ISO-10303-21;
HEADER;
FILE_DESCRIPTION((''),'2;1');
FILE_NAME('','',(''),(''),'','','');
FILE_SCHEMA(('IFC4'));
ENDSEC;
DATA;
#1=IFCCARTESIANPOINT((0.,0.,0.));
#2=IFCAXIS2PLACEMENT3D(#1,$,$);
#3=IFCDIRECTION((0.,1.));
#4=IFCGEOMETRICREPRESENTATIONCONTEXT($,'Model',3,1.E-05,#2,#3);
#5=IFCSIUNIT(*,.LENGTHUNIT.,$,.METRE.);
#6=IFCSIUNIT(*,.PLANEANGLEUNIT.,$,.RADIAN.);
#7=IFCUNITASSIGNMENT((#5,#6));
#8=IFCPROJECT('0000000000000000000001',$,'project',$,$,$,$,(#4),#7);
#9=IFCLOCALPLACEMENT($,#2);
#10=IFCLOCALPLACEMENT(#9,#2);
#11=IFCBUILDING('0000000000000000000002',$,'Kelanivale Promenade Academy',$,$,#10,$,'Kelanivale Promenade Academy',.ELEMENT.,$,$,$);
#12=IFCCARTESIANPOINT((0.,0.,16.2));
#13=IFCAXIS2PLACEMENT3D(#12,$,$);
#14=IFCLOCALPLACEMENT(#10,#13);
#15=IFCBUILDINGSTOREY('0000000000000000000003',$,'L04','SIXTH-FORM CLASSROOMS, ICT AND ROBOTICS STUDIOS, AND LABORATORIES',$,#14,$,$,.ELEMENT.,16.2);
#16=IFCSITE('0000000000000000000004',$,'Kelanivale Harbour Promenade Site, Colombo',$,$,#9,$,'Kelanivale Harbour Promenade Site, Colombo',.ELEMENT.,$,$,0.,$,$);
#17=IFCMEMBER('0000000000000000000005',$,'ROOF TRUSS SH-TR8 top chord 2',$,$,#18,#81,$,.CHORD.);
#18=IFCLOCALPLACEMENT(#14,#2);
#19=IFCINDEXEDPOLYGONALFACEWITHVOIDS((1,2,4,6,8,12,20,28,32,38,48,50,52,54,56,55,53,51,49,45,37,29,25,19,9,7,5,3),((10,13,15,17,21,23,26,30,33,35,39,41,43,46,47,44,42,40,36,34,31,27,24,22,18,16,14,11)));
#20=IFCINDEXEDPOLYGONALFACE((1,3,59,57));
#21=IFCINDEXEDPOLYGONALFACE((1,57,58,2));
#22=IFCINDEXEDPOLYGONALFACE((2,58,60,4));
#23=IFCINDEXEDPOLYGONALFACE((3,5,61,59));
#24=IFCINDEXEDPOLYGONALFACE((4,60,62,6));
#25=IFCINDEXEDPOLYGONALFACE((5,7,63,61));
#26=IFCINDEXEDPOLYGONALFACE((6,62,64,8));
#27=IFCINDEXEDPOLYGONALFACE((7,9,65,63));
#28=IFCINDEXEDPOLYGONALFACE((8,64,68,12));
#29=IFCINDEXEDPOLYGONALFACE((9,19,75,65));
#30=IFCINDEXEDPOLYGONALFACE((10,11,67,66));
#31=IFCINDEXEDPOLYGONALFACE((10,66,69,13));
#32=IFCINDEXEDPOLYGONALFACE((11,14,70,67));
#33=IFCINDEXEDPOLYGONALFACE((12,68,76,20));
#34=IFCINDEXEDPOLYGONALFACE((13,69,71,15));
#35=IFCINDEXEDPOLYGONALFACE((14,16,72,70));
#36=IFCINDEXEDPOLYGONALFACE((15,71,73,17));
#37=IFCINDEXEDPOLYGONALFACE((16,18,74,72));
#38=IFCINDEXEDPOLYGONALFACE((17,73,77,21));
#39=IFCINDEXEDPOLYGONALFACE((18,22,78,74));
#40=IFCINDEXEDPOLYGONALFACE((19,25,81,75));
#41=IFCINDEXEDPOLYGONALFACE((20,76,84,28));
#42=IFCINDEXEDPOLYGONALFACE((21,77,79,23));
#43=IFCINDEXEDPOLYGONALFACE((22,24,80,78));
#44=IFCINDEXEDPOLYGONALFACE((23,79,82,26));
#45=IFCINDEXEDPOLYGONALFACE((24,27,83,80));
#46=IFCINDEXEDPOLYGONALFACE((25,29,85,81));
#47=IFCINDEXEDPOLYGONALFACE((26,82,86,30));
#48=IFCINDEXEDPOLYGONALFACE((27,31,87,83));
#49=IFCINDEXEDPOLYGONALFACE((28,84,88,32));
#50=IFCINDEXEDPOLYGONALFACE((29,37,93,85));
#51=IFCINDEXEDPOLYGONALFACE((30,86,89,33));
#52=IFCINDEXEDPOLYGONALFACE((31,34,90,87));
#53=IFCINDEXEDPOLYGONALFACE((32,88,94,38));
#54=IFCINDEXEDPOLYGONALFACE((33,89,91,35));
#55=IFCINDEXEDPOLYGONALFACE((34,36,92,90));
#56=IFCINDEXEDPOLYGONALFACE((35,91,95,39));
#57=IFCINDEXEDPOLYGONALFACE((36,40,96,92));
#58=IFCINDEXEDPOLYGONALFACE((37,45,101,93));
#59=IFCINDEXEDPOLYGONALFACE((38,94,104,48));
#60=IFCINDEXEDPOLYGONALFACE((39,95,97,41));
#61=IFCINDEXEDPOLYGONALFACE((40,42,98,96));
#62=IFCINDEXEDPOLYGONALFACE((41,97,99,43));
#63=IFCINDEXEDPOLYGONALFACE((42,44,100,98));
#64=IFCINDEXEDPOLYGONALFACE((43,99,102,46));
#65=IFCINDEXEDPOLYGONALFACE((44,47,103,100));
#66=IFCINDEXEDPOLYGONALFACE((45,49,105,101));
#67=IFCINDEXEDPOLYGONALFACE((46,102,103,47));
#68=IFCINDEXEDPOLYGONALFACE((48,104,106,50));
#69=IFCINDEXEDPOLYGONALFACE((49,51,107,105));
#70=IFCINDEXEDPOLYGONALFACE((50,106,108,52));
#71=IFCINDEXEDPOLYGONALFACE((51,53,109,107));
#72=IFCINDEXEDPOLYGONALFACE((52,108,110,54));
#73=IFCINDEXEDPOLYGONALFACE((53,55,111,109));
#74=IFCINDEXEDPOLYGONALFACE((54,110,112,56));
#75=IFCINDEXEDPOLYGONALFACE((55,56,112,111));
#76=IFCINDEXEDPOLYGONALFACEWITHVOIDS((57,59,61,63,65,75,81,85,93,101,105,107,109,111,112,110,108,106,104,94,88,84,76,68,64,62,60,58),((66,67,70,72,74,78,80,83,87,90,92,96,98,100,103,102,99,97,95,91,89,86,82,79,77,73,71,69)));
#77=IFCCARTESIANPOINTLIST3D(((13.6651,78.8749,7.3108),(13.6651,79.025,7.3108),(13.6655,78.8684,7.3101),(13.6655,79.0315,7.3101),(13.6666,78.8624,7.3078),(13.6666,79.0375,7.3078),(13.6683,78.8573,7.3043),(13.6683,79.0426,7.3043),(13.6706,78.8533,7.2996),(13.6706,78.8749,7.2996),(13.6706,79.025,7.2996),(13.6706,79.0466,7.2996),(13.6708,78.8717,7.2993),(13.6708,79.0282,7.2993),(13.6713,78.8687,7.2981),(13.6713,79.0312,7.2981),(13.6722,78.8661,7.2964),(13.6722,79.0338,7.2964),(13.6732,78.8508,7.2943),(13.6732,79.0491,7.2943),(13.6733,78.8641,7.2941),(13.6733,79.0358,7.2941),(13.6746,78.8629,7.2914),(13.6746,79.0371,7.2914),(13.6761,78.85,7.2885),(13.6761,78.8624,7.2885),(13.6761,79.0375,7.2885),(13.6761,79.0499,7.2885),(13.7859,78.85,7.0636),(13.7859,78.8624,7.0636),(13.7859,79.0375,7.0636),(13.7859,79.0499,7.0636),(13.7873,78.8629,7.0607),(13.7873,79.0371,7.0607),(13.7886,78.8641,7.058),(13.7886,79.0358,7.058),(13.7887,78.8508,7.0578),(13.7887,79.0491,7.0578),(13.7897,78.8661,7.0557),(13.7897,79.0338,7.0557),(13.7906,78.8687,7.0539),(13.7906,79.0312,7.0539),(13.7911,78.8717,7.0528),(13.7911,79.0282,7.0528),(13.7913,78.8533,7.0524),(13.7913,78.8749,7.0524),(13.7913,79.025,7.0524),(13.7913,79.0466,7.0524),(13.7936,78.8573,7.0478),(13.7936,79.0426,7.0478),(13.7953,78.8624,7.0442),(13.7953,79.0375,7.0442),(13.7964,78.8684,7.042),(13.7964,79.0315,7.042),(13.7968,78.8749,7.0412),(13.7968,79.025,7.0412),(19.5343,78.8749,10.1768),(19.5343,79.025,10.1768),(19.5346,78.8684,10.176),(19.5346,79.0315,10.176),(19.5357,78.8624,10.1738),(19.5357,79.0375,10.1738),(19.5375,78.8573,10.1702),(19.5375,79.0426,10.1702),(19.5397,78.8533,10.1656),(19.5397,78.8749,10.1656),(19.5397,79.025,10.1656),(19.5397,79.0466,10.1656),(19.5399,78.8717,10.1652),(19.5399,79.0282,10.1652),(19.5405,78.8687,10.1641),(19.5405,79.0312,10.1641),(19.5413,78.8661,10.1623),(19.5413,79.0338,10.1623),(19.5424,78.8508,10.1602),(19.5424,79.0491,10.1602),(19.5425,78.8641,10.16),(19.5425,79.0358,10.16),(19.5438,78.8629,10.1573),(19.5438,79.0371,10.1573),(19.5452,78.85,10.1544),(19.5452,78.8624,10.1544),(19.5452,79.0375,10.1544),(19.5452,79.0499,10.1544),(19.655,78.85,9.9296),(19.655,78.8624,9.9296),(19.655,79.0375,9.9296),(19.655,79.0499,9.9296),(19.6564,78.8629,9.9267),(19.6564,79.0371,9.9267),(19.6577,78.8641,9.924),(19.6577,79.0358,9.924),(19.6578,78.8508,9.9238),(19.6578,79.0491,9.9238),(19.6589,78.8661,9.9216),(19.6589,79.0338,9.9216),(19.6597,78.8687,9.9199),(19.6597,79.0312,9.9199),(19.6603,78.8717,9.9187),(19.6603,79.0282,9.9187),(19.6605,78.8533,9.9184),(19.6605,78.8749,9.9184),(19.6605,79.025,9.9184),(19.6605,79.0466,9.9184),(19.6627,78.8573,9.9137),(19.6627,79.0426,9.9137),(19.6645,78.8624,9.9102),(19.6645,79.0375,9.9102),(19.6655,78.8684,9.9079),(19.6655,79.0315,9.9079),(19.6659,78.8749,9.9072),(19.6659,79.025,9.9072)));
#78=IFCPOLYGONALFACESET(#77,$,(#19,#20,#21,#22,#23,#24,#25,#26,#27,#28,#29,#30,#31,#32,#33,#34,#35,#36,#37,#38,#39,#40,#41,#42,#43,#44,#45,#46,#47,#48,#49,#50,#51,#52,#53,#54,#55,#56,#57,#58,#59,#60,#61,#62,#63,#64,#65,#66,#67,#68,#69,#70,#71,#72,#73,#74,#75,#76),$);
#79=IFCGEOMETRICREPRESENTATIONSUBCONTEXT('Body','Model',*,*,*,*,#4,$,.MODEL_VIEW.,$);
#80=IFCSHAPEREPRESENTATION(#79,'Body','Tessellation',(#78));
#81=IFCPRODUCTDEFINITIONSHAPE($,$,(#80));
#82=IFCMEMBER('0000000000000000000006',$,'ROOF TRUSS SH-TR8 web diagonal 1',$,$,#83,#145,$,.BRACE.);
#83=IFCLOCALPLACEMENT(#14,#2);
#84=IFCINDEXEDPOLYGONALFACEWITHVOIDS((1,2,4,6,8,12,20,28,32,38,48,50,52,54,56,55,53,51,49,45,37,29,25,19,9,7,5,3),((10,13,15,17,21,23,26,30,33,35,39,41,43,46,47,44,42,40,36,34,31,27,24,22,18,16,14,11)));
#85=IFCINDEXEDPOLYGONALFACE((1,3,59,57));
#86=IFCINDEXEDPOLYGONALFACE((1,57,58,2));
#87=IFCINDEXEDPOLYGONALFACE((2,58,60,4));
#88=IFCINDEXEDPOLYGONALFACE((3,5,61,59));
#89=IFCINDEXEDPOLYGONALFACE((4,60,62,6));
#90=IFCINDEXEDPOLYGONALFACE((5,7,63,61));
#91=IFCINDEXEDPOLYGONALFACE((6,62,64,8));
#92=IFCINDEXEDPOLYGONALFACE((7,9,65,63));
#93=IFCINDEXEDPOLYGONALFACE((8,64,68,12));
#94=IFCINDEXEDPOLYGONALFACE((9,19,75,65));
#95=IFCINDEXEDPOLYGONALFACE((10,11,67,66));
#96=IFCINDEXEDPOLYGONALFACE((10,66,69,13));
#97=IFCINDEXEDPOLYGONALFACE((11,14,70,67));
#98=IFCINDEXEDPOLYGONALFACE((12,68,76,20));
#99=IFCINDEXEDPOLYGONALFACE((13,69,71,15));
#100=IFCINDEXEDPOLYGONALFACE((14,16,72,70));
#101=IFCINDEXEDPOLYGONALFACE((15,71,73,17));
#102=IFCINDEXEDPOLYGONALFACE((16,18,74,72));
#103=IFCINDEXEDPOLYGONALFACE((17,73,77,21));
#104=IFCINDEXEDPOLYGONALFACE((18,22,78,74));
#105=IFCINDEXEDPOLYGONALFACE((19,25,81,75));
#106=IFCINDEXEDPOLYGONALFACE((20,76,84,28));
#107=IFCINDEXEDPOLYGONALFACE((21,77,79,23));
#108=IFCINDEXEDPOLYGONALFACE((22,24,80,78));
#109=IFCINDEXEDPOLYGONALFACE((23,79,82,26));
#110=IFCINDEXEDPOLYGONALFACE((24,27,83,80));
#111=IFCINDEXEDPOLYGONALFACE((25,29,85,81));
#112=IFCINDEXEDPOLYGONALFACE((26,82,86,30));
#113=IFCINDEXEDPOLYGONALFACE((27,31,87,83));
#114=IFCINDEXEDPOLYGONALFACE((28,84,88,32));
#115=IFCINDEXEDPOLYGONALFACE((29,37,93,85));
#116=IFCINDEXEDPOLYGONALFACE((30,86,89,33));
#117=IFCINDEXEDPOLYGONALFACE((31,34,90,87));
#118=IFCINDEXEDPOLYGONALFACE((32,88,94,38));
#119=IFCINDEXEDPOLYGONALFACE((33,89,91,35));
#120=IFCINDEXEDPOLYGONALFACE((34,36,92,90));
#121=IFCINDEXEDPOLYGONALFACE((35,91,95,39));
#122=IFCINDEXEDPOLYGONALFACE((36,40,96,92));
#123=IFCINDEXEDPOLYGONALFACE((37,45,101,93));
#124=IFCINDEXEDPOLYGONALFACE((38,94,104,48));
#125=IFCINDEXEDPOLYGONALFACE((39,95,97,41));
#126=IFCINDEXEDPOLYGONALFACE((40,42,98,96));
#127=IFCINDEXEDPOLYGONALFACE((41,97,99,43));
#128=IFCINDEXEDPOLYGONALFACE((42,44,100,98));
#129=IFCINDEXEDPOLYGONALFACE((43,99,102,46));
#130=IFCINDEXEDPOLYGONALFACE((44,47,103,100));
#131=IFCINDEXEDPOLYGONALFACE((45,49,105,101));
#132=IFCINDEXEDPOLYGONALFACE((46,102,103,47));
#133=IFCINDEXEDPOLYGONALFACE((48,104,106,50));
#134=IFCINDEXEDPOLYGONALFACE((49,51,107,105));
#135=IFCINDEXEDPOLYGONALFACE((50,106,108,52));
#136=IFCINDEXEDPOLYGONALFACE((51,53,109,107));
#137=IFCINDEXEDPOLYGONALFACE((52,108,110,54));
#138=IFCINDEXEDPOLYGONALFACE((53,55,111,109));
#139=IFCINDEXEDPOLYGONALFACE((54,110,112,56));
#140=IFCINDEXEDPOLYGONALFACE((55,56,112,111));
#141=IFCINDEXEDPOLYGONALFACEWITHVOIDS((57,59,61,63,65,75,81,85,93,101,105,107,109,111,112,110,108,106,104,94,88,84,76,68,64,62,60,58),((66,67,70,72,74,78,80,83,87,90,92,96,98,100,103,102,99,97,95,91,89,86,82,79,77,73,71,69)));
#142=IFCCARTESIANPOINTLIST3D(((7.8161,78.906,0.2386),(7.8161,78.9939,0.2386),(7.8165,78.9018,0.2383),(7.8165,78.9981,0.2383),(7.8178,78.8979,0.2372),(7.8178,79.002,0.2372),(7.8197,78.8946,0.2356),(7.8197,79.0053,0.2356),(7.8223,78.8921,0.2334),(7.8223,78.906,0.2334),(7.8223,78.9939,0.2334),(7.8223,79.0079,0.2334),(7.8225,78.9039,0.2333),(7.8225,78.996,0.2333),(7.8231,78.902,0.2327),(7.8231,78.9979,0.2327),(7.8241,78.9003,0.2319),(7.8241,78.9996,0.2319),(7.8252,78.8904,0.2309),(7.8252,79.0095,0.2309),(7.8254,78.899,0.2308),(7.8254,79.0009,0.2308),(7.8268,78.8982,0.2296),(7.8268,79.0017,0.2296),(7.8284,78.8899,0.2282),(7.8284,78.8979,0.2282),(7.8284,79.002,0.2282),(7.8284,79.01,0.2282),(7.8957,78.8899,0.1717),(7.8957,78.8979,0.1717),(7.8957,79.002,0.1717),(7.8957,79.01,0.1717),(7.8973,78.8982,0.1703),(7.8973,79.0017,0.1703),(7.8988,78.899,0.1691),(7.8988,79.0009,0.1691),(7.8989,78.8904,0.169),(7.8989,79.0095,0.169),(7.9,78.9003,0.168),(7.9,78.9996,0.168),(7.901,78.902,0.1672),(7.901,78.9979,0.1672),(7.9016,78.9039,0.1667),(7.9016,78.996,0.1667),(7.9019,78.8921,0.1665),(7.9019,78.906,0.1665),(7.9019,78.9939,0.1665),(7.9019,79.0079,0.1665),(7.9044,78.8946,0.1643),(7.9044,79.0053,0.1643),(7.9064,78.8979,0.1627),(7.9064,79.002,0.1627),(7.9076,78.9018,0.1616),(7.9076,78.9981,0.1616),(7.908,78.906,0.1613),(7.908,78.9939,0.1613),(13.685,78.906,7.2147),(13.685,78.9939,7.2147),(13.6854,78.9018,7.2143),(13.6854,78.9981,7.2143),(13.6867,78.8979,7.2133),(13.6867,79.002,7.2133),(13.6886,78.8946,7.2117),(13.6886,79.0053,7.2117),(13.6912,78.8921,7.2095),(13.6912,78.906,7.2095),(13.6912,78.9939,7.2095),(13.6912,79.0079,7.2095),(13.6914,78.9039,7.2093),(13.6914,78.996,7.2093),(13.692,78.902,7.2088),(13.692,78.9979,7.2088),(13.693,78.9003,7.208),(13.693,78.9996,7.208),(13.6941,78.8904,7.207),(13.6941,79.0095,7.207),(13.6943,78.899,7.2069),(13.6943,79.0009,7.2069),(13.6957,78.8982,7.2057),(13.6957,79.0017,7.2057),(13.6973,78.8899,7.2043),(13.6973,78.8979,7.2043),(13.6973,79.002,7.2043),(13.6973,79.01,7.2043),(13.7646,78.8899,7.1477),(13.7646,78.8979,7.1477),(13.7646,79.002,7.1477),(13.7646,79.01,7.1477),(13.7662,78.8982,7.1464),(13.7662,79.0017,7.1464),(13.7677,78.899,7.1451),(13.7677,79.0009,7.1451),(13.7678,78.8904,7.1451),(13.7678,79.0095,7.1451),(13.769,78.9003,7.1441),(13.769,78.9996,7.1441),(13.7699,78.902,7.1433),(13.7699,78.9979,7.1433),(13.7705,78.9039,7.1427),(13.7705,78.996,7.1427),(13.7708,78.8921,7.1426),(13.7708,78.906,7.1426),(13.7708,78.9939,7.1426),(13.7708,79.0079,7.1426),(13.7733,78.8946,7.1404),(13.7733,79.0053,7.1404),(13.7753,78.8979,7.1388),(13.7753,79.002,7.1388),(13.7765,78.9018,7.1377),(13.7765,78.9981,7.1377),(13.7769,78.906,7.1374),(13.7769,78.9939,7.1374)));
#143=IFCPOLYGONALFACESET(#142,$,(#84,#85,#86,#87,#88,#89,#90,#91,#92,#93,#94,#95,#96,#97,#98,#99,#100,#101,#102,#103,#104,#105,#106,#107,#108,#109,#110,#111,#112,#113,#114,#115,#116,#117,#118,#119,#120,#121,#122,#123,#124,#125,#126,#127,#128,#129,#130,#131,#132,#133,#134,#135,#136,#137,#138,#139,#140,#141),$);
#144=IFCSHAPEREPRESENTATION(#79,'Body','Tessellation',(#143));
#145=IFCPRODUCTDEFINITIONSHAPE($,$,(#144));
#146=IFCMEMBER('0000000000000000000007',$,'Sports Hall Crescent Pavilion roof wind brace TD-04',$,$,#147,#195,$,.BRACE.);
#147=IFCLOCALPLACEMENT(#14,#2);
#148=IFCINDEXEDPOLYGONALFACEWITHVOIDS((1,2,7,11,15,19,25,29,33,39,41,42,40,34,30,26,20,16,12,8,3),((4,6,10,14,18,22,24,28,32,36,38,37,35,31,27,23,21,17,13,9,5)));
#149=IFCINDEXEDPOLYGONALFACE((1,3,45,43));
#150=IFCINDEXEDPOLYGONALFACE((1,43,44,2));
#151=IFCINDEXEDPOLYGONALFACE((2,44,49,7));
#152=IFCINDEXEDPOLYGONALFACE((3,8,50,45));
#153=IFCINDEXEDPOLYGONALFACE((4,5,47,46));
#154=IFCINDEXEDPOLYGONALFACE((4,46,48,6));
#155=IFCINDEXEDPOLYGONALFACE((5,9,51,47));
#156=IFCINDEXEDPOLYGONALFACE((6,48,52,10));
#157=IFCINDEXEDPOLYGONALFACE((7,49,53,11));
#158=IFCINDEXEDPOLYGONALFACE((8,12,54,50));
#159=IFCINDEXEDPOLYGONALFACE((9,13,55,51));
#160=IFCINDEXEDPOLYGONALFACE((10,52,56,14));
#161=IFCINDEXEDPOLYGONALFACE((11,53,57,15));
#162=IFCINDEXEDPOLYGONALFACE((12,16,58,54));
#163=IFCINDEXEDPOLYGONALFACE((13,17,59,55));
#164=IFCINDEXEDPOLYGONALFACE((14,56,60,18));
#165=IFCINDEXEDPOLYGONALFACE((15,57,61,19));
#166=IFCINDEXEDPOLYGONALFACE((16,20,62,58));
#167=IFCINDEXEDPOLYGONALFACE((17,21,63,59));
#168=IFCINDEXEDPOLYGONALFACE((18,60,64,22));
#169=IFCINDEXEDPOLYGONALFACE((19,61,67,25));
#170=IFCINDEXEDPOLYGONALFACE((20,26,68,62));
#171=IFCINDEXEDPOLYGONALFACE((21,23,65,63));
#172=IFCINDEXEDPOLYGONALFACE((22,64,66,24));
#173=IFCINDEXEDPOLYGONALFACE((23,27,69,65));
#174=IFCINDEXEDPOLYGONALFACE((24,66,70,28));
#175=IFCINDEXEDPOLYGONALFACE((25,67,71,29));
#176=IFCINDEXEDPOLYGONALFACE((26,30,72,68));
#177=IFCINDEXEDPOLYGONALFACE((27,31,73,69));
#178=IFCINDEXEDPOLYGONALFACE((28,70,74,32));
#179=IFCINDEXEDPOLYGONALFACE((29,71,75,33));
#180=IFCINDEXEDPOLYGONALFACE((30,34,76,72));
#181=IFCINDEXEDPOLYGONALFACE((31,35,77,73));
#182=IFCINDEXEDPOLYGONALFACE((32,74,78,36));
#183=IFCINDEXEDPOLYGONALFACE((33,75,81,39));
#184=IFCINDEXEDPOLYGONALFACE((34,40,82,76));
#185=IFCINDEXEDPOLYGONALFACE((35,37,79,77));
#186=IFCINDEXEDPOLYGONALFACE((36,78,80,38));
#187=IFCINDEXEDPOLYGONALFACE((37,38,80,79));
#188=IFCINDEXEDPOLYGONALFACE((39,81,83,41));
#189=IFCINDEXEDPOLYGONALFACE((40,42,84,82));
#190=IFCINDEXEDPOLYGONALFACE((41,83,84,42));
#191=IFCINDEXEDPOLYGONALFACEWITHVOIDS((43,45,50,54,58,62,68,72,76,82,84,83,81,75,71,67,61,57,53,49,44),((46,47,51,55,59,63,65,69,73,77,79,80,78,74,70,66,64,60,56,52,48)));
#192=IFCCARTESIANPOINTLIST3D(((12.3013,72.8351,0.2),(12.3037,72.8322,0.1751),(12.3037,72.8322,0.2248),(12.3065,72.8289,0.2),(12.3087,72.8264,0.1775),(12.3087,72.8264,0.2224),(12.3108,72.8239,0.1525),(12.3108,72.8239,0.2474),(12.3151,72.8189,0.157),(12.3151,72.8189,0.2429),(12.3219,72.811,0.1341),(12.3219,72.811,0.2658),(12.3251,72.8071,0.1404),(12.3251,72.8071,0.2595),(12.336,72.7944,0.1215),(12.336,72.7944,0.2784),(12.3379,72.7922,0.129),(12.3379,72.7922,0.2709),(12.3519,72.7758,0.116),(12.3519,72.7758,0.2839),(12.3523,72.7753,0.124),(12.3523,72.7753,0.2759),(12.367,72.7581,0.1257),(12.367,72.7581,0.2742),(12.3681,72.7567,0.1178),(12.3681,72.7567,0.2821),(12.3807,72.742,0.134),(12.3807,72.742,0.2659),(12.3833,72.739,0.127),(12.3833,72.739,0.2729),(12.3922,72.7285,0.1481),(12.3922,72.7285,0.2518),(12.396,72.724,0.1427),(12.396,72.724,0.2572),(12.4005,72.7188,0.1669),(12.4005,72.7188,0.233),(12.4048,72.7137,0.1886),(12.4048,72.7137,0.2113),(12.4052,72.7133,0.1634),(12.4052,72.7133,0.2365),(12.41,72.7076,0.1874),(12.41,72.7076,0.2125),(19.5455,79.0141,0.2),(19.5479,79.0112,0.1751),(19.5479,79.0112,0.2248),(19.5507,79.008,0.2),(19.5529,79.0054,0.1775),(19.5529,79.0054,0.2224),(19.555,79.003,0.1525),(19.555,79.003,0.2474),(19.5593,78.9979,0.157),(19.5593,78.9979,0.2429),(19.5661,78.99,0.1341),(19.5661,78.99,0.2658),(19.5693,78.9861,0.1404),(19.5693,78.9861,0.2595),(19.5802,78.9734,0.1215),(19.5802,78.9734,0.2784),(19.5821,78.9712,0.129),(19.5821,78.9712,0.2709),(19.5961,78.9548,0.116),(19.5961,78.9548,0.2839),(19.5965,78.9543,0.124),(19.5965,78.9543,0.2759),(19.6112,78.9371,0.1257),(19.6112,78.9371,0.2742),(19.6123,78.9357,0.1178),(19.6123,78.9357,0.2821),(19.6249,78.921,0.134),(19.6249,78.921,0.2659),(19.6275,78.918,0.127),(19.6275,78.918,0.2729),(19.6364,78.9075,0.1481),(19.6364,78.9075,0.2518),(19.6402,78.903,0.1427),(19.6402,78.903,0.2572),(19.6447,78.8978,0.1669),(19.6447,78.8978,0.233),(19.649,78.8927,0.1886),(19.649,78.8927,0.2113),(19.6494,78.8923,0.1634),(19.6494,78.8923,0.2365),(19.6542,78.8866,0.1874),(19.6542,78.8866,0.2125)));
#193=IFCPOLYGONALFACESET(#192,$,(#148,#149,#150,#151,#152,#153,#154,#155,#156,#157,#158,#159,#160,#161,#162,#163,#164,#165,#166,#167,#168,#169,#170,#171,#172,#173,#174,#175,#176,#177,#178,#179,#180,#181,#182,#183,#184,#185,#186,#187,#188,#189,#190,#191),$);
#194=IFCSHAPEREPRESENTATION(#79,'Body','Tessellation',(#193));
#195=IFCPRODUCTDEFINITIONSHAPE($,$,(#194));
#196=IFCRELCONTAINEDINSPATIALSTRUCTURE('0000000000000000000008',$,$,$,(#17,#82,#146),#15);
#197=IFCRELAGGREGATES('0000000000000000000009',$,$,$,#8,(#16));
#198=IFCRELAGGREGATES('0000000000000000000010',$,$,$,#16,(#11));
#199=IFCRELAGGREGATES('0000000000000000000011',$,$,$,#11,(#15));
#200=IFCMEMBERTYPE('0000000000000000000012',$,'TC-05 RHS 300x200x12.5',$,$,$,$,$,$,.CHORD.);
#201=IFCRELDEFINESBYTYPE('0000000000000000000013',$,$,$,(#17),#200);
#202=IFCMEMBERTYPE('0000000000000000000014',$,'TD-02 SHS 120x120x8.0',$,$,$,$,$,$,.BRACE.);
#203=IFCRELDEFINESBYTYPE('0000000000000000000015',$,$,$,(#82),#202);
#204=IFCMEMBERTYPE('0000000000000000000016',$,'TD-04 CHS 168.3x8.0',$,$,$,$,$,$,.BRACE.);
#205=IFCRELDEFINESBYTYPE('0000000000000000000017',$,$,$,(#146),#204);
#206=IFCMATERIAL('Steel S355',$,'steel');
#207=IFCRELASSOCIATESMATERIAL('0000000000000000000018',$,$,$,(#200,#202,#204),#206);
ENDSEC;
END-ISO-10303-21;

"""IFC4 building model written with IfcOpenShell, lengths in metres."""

from ifc_helpers import new_model, si_unit, direction, frame, origin, origin_2d, place, context, subcontext, project, spatial, hollow_rectangle, hollow_circle, extrude, material, material_profile, profile_set, type_object, element, save


model = new_model("IFC4")

# Units and contexts
model_context = context("Model", 3, precision=1e-05, world=origin(), true_north=direction((0.0, 1.0)))
body_context = subcontext(model_context, "Body", "Model", "MODEL_VIEW")
ifc_project = project(units=[si_unit("LENGTHUNIT", "METRE"), si_unit("PLANEANGLEUNIT", "RADIAN")], contexts=[model_context])

# Site, building, storey
site_placement = place(None, origin())
site = spatial("IfcSite", under=ifc_project, at=site_placement, Name="Kelanivale Harbour Promenade Site, Colombo", LongName="Kelanivale Harbour Promenade Site, Colombo", CompositionType="ELEMENT", RefElevation=0.0)
building_placement = place(site_placement, origin())
building = spatial("IfcBuilding", under=site, at=building_placement, Name="Kelanivale Promenade Academy", LongName="Kelanivale Promenade Academy", CompositionType="ELEMENT")
storey_placement = place(building_placement, frame((0.0, 0.0, 16.2)))
storey = spatial("IfcBuildingStorey", under=building, at=storey_placement, Name="L04", Description="SIXTH-FORM CLASSROOMS, ICT AND ROBOTICS STUDIOS, AND LABORATORIES", CompositionType="ELEMENT", Elevation=16.2)

# Shared definitions
ifc_material_1 = material(Name="Steel S355", Category="steel")

# Members
ifc_material_profile_1 = material_profile(ifc_material_1, hollow_rectangle(XDim=0.2, YDim=0.3, WallThickness=0.0125, InnerFilletRadius=0.0125, OuterFilletRadius=0.0249, at=origin_2d()), Name="RHS 300x200x12.5")
ifc_profile_set_1 = profile_set([ifc_material_profile_1], Name="Steel S355")
member_type_1 = type_object("IfcMemberType", Name="TC-05 RHS 300x200x12.5", PredefinedType="CHORD", material=ifc_profile_set_1)
member_1_placement = place(storey_placement, frame((13.731, 78.95, 7.176), z_axis=(0.898589, 0.0, 0.438791), x_axis=(0.0, 1.0, 0.0)))
element("IfcMember", 1, at=member_1_placement, inside=storey, type_object=member_type_1, Name="ROOF TRUSS SH-TR8 top chord 2", PredefinedType="CHORD", context=body_context, shape_type="SweptSolid", body=[
    extrude(hollow_rectangle(XDim=0.2, YDim=0.3, WallThickness=0.0125, InnerFilletRadius=0.0125, OuterFilletRadius=0.0249, at=origin_2d()), origin(), (0.0, 0.0, 1.0), 6.5315),
])
ifc_material_profile_2 = material_profile(ifc_material_1, hollow_rectangle(XDim=0.1201, YDim=0.1201, WallThickness=0.0081, InnerFilletRadius=0.0081, OuterFilletRadius=0.0161, at=origin_2d()), Name="SHS 120x120x8.0")
ifc_profile_set_2 = profile_set([ifc_material_profile_2], Name="Steel S355")
member_type_2 = type_object("IfcMemberType", Name="TD-02 SHS 120x120x8.0", PredefinedType="BRACE", material=ifc_profile_set_2)
member_2_placement = place(storey_placement, frame((7.8621, 78.95, 0.2), z_axis=(0.64377, 0.0, 0.765219), x_axis=(0.0, 1.0, 0.0)))
element("IfcMember", 2, at=member_2_placement, inside=storey, type_object=member_type_2, Name="ROOF TRUSS SH-TR8 web diagonal 1", PredefinedType="BRACE", context=body_context, shape_type="SweptSolid", body=[
    extrude(hollow_rectangle(XDim=0.1201, YDim=0.1201, WallThickness=0.0081, InnerFilletRadius=0.0081, OuterFilletRadius=0.0161, at=origin_2d()), origin(), (0.0, 0.0, 1.0), 9.1165),
])
ifc_material_profile_3 = material_profile(ifc_material_1, hollow_circle(Radius=0.0842, WallThickness=0.0081, at=origin_2d()), Name="CHS 168.3x8.0")
ifc_profile_set_3 = profile_set([ifc_material_profile_3], Name="Steel S355")
member_type_3 = type_object("IfcMemberType", Name="TD-04 CHS 168.3x8.0", PredefinedType="BRACE", material=ifc_profile_set_3)
member_3_placement = place(storey_placement, frame((12.356, 72.771, 0.2), z_axis=(0.760827, 0.648954, 0.0), x_axis=(-0.648954, 0.760827, 0.0)))
element("IfcMember", 3, at=member_3_placement, inside=storey, type_object=member_type_3, Name="Sports Hall Crescent Pavilion roof wind brace TD-04", PredefinedType="BRACE", context=body_context, shape_type="SweptSolid", body=[
    extrude(hollow_circle(Radius=0.0842, WallThickness=0.0081, at=origin_2d()), origin(), (0.0, 0.0, 1.0), 9.5215),
])

save(model, "model.ifc")
